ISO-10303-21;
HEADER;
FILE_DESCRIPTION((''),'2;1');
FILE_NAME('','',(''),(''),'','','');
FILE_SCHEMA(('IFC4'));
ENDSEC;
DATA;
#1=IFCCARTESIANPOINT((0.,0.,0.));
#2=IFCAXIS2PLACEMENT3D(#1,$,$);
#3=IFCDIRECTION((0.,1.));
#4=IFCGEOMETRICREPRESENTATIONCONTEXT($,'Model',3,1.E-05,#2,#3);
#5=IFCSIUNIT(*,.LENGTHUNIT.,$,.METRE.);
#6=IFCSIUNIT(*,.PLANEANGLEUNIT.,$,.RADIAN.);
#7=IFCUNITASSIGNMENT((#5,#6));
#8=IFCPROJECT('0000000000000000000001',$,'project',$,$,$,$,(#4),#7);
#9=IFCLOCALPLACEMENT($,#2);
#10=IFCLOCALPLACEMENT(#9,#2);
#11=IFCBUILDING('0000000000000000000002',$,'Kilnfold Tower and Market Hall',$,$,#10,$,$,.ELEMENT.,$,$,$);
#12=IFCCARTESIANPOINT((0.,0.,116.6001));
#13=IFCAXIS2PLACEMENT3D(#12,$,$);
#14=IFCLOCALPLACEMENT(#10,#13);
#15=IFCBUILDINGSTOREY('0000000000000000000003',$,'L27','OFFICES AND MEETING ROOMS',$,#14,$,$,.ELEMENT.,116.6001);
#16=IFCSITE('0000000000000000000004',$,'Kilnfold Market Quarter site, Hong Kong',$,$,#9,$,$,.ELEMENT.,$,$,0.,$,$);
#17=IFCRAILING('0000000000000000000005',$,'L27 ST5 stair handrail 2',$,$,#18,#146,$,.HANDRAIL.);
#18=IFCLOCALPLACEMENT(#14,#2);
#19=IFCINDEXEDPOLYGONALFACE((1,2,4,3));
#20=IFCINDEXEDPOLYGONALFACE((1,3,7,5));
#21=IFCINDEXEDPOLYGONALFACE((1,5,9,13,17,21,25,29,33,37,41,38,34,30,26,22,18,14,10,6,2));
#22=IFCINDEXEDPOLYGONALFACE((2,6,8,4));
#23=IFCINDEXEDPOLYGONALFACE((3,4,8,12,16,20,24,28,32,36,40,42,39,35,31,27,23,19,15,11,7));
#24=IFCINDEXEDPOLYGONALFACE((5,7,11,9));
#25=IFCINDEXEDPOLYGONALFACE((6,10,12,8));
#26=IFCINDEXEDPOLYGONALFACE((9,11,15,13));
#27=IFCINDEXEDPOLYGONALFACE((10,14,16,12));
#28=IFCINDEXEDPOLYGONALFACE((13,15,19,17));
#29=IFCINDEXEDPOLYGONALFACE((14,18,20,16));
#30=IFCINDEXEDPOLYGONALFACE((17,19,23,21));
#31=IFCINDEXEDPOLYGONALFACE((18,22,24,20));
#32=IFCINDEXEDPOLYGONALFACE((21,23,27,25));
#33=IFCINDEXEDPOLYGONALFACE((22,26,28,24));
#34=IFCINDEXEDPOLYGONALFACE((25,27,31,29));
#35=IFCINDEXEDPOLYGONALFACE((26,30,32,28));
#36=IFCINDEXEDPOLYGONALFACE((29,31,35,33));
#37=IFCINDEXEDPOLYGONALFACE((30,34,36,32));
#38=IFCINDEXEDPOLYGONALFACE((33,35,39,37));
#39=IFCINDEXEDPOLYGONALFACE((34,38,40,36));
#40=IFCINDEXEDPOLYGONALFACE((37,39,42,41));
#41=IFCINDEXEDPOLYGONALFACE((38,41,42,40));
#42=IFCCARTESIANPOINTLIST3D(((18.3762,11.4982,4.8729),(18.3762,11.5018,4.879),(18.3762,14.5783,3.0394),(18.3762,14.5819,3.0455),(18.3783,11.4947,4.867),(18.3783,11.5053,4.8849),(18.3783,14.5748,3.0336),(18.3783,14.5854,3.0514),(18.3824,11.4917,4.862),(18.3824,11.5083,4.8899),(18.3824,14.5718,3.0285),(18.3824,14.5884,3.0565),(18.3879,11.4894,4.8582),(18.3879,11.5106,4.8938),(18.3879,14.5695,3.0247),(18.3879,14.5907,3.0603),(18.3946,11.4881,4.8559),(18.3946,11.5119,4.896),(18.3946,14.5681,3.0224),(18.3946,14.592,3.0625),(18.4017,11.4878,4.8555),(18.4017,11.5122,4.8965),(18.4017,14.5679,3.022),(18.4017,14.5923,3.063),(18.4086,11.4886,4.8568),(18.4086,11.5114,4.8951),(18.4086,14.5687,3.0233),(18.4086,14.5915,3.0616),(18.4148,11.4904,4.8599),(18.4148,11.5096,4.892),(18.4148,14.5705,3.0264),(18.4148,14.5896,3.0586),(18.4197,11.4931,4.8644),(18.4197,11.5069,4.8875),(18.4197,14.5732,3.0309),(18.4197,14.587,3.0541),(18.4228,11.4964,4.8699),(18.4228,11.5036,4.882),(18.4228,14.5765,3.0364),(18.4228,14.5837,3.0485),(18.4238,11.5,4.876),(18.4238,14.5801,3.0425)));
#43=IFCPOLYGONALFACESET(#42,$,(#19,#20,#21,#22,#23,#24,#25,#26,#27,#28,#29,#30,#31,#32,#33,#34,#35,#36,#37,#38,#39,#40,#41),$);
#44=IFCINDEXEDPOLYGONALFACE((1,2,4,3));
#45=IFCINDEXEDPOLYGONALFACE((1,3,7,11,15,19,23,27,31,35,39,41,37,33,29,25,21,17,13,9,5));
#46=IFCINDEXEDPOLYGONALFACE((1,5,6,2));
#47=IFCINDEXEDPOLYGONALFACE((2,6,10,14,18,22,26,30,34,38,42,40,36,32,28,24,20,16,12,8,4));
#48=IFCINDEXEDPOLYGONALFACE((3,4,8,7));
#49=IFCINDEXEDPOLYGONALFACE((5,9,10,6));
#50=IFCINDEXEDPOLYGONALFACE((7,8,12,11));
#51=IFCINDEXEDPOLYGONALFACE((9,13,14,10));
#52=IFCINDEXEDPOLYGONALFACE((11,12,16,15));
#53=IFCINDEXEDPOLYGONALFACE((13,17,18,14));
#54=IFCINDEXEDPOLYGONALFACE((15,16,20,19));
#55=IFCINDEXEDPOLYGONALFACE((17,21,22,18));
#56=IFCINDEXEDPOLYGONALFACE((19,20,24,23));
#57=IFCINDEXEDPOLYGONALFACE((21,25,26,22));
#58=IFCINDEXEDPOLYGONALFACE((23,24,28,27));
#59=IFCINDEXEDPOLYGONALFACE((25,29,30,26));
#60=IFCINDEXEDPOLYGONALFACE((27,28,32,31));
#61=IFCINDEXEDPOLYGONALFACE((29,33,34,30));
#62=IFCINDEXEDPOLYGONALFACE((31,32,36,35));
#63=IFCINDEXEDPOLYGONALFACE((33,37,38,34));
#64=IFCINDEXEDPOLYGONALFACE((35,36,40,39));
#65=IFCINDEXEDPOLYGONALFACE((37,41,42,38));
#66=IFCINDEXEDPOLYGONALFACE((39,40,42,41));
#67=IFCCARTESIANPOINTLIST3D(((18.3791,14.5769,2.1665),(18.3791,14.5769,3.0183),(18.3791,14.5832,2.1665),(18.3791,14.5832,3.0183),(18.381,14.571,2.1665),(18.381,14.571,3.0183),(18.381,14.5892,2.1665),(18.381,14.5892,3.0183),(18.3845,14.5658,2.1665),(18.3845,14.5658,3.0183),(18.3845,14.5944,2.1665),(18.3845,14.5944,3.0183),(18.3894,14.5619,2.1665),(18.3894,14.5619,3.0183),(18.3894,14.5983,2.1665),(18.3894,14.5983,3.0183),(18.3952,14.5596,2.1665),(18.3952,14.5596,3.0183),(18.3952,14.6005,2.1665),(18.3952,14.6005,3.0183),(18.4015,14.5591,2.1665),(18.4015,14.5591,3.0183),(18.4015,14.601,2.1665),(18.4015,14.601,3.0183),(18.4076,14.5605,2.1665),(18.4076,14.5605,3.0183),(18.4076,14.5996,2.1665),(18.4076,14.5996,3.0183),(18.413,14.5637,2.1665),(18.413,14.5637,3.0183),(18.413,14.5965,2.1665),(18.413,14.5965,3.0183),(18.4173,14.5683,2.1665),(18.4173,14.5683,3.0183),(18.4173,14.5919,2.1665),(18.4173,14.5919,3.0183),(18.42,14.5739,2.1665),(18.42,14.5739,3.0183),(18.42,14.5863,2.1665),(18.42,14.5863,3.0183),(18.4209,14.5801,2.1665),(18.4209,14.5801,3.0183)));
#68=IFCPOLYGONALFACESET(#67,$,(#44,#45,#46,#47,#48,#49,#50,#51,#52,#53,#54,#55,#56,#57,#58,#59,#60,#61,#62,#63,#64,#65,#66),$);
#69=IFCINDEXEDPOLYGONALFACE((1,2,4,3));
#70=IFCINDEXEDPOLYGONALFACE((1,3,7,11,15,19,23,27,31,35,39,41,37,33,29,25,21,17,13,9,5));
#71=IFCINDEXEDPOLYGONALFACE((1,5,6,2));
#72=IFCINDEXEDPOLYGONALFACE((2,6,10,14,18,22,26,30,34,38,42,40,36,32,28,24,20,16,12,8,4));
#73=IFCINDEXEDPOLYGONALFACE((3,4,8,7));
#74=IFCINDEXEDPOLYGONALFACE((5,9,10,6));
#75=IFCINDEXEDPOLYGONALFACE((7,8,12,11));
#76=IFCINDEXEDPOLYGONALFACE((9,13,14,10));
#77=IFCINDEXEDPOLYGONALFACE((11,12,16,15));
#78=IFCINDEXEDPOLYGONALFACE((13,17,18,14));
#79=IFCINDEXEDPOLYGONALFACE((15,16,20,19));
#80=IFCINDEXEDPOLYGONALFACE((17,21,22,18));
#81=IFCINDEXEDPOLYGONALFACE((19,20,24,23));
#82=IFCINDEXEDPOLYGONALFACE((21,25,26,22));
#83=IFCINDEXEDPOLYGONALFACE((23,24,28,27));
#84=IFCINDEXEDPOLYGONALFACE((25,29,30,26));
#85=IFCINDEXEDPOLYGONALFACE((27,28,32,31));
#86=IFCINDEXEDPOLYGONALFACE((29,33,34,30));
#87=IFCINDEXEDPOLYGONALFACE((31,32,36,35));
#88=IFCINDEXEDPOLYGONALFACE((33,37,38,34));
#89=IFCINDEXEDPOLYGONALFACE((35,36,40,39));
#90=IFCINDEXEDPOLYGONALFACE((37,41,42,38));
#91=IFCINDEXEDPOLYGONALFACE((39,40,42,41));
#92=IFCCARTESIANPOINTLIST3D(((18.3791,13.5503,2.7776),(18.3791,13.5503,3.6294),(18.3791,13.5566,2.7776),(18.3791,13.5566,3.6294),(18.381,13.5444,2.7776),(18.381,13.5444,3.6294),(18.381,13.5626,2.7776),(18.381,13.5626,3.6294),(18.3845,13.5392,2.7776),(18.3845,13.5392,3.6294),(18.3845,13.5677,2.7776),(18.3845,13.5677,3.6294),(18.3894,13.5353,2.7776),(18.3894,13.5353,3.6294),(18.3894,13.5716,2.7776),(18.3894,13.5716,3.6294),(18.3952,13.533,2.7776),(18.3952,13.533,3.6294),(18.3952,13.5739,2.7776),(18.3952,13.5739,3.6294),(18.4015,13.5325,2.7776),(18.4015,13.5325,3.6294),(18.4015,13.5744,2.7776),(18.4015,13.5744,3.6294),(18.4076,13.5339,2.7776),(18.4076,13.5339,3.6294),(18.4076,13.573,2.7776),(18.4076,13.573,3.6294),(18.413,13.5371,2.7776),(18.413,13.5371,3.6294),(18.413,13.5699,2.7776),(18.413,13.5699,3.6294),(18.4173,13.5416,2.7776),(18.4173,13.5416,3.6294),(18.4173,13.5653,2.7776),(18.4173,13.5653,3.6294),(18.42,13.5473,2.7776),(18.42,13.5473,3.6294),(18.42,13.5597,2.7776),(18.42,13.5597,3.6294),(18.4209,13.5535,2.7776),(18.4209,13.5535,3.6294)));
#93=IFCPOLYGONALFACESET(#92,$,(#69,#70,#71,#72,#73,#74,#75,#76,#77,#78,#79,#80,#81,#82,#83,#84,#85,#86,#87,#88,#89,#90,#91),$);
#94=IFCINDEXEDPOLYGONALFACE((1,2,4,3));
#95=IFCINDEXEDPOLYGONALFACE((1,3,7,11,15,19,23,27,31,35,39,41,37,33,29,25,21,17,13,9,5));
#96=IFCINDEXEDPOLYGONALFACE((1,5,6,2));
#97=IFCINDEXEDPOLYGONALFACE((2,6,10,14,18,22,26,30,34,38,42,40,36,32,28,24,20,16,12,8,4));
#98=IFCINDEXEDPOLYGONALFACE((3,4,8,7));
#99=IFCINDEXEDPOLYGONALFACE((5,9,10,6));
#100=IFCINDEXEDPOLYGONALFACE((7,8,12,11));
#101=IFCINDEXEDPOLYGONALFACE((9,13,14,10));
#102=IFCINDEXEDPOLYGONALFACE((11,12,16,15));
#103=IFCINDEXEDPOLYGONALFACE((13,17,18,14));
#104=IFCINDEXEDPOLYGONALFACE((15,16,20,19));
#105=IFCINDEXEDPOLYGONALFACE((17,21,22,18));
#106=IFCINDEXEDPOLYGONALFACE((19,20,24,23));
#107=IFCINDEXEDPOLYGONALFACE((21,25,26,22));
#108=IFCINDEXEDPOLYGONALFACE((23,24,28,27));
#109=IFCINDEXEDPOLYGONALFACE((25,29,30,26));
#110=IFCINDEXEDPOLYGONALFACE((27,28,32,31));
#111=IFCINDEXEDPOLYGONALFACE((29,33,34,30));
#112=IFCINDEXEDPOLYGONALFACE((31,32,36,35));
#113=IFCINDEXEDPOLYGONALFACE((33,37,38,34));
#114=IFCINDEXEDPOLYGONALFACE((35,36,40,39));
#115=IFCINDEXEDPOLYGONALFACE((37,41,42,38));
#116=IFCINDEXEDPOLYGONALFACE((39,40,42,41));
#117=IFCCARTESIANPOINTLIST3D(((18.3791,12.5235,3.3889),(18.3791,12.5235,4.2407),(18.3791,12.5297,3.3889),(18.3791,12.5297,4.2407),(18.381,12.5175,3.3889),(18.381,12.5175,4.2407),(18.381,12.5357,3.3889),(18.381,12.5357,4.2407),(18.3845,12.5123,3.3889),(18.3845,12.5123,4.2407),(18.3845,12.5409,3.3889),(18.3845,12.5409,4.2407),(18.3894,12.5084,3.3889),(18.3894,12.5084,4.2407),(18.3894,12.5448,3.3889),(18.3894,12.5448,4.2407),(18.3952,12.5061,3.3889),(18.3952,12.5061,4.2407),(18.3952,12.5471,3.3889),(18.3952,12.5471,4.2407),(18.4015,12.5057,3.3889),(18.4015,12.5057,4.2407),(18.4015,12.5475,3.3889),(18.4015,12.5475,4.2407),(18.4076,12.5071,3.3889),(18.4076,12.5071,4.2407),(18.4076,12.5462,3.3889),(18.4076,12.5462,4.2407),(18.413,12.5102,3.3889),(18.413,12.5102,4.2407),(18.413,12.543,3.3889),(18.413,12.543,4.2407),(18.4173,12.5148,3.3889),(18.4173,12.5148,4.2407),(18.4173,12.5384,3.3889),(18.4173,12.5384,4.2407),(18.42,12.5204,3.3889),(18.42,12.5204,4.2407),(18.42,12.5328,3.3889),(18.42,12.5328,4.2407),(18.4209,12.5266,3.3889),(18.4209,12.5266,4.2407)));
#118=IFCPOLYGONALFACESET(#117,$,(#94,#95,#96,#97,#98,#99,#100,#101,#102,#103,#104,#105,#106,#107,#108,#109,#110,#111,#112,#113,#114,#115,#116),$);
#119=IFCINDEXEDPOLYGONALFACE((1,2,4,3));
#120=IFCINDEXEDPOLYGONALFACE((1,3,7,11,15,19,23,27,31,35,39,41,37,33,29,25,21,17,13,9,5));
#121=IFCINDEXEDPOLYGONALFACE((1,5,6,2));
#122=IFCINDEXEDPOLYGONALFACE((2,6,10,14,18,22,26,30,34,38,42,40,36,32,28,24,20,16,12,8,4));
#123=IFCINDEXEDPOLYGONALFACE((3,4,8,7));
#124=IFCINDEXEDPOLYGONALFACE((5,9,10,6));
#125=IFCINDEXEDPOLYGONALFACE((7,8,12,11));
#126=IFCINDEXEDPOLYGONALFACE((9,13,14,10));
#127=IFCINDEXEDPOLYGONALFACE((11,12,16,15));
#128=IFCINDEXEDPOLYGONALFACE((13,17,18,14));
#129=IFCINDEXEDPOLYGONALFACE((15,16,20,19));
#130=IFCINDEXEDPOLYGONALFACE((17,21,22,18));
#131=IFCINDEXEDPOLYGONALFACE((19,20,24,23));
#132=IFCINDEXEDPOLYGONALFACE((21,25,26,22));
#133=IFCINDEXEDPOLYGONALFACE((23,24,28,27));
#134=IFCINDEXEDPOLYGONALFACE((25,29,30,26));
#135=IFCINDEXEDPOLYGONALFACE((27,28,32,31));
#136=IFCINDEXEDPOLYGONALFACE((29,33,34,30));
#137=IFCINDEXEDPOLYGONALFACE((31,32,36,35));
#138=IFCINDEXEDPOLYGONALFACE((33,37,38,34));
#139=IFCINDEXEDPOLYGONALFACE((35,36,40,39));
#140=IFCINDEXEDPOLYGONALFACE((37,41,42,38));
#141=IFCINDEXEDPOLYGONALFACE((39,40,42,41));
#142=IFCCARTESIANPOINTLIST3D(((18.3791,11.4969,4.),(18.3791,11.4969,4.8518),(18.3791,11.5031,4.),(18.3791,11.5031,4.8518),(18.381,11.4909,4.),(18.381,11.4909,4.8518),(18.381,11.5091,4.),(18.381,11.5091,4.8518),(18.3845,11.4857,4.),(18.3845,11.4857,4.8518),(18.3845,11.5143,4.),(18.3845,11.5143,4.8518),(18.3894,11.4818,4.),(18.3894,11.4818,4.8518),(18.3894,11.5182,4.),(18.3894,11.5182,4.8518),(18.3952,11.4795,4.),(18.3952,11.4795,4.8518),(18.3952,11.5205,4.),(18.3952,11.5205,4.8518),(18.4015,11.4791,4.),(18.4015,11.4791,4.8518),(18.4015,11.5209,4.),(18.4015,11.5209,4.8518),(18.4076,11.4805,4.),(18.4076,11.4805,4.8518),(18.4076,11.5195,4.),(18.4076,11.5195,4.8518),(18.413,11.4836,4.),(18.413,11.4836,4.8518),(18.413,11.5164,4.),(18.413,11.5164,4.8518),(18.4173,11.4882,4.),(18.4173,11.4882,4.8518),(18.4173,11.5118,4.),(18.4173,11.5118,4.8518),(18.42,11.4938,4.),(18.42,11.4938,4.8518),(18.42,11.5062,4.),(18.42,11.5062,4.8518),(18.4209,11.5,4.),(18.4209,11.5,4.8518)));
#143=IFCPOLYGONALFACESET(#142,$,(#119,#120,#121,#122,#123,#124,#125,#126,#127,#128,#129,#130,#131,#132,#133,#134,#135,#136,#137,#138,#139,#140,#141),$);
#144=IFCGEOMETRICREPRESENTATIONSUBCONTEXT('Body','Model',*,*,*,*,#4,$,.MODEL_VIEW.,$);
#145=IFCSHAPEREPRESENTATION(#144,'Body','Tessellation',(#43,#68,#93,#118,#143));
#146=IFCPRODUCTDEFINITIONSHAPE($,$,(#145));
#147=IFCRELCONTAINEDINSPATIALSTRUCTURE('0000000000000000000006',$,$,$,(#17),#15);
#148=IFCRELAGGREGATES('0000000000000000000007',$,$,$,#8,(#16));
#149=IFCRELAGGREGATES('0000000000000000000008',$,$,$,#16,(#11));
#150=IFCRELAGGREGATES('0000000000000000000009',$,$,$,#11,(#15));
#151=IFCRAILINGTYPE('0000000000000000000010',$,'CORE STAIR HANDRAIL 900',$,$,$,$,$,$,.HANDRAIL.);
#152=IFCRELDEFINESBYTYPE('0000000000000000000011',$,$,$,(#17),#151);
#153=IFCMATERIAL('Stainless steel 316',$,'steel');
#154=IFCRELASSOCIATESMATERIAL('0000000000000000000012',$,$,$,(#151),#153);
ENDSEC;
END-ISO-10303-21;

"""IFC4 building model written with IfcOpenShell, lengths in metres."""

from ifc_helpers import new_model, si_unit, direction, frame, origin, origin_2d, place, context, subcontext, project, spatial, circle, extrude, material, type_object, element, save


model = new_model("IFC4")

# Units and contexts
model_context = context("Model", 3, precision=1e-05, world=origin(), true_north=direction((0.0, 1.0)))
body_context = subcontext(model_context, "Body", "Model", "MODEL_VIEW")
ifc_project = project(units=[si_unit("LENGTHUNIT", "METRE"), si_unit("PLANEANGLEUNIT", "RADIAN")], contexts=[model_context])

# Site, building, storey
site_placement = place(None, origin())
site = spatial("IfcSite", under=ifc_project, at=site_placement, Name="Kilnfold Market Quarter site, Hong Kong", CompositionType="ELEMENT", RefElevation=0.0)
building_placement = place(site_placement, origin())
building = spatial("IfcBuilding", under=site, at=building_placement, Name="Kilnfold Tower and Market Hall", CompositionType="ELEMENT")
storey_placement = place(building_placement, frame((0.0, 0.0, 116.6001)))
storey = spatial("IfcBuildingStorey", under=building, at=storey_placement, Name="L27", Description="OFFICES AND MEETING ROOMS", CompositionType="ELEMENT", Elevation=116.6001)

# Railing
ifc_material_1 = material(Name="Stainless steel 316", Category="steel")
railing_type = type_object("IfcRailingType", Name="CORE STAIR HANDRAIL 900", PredefinedType="HANDRAIL", material=ifc_material_1)
railing_placement = place(storey_placement, frame((18.3999, 14.5801, 2.1665)))
element("IfcRailing", 1, at=railing_placement, inside=storey, type_object=railing_type, Name="L27 ST5 stair handrail 2", PredefinedType="HANDRAIL", context=body_context, shape_type="SweptSolid", body=[
    extrude(circle(Radius=0.0239, at=origin_2d()), frame((0.0, 0.0, 0.876), z_axis=(0.0, -0.859279, 0.511508), x_axis=(1.0, 0.0, 0.0)), (0.0, 0.0, 1.0), 3.5845),
    extrude(circle(Radius=0.021, at=origin_2d()), origin(), (0.0, 0.0, 1.0), 0.8518),
    extrude(circle(Radius=0.021, at=origin_2d()), frame((0.0, -1.0266, 0.6111)), (0.0, 0.0, 1.0), 0.8518),
    extrude(circle(Radius=0.021, at=origin_2d()), frame((0.0, -2.0535, 1.2224)), (0.0, 0.0, 1.0), 0.8518),
    extrude(circle(Radius=0.021, at=origin_2d()), frame((0.0, -3.0801, 1.8335)), (0.0, 0.0, 1.0), 0.8518),
])

save(model, "model.ifc")
